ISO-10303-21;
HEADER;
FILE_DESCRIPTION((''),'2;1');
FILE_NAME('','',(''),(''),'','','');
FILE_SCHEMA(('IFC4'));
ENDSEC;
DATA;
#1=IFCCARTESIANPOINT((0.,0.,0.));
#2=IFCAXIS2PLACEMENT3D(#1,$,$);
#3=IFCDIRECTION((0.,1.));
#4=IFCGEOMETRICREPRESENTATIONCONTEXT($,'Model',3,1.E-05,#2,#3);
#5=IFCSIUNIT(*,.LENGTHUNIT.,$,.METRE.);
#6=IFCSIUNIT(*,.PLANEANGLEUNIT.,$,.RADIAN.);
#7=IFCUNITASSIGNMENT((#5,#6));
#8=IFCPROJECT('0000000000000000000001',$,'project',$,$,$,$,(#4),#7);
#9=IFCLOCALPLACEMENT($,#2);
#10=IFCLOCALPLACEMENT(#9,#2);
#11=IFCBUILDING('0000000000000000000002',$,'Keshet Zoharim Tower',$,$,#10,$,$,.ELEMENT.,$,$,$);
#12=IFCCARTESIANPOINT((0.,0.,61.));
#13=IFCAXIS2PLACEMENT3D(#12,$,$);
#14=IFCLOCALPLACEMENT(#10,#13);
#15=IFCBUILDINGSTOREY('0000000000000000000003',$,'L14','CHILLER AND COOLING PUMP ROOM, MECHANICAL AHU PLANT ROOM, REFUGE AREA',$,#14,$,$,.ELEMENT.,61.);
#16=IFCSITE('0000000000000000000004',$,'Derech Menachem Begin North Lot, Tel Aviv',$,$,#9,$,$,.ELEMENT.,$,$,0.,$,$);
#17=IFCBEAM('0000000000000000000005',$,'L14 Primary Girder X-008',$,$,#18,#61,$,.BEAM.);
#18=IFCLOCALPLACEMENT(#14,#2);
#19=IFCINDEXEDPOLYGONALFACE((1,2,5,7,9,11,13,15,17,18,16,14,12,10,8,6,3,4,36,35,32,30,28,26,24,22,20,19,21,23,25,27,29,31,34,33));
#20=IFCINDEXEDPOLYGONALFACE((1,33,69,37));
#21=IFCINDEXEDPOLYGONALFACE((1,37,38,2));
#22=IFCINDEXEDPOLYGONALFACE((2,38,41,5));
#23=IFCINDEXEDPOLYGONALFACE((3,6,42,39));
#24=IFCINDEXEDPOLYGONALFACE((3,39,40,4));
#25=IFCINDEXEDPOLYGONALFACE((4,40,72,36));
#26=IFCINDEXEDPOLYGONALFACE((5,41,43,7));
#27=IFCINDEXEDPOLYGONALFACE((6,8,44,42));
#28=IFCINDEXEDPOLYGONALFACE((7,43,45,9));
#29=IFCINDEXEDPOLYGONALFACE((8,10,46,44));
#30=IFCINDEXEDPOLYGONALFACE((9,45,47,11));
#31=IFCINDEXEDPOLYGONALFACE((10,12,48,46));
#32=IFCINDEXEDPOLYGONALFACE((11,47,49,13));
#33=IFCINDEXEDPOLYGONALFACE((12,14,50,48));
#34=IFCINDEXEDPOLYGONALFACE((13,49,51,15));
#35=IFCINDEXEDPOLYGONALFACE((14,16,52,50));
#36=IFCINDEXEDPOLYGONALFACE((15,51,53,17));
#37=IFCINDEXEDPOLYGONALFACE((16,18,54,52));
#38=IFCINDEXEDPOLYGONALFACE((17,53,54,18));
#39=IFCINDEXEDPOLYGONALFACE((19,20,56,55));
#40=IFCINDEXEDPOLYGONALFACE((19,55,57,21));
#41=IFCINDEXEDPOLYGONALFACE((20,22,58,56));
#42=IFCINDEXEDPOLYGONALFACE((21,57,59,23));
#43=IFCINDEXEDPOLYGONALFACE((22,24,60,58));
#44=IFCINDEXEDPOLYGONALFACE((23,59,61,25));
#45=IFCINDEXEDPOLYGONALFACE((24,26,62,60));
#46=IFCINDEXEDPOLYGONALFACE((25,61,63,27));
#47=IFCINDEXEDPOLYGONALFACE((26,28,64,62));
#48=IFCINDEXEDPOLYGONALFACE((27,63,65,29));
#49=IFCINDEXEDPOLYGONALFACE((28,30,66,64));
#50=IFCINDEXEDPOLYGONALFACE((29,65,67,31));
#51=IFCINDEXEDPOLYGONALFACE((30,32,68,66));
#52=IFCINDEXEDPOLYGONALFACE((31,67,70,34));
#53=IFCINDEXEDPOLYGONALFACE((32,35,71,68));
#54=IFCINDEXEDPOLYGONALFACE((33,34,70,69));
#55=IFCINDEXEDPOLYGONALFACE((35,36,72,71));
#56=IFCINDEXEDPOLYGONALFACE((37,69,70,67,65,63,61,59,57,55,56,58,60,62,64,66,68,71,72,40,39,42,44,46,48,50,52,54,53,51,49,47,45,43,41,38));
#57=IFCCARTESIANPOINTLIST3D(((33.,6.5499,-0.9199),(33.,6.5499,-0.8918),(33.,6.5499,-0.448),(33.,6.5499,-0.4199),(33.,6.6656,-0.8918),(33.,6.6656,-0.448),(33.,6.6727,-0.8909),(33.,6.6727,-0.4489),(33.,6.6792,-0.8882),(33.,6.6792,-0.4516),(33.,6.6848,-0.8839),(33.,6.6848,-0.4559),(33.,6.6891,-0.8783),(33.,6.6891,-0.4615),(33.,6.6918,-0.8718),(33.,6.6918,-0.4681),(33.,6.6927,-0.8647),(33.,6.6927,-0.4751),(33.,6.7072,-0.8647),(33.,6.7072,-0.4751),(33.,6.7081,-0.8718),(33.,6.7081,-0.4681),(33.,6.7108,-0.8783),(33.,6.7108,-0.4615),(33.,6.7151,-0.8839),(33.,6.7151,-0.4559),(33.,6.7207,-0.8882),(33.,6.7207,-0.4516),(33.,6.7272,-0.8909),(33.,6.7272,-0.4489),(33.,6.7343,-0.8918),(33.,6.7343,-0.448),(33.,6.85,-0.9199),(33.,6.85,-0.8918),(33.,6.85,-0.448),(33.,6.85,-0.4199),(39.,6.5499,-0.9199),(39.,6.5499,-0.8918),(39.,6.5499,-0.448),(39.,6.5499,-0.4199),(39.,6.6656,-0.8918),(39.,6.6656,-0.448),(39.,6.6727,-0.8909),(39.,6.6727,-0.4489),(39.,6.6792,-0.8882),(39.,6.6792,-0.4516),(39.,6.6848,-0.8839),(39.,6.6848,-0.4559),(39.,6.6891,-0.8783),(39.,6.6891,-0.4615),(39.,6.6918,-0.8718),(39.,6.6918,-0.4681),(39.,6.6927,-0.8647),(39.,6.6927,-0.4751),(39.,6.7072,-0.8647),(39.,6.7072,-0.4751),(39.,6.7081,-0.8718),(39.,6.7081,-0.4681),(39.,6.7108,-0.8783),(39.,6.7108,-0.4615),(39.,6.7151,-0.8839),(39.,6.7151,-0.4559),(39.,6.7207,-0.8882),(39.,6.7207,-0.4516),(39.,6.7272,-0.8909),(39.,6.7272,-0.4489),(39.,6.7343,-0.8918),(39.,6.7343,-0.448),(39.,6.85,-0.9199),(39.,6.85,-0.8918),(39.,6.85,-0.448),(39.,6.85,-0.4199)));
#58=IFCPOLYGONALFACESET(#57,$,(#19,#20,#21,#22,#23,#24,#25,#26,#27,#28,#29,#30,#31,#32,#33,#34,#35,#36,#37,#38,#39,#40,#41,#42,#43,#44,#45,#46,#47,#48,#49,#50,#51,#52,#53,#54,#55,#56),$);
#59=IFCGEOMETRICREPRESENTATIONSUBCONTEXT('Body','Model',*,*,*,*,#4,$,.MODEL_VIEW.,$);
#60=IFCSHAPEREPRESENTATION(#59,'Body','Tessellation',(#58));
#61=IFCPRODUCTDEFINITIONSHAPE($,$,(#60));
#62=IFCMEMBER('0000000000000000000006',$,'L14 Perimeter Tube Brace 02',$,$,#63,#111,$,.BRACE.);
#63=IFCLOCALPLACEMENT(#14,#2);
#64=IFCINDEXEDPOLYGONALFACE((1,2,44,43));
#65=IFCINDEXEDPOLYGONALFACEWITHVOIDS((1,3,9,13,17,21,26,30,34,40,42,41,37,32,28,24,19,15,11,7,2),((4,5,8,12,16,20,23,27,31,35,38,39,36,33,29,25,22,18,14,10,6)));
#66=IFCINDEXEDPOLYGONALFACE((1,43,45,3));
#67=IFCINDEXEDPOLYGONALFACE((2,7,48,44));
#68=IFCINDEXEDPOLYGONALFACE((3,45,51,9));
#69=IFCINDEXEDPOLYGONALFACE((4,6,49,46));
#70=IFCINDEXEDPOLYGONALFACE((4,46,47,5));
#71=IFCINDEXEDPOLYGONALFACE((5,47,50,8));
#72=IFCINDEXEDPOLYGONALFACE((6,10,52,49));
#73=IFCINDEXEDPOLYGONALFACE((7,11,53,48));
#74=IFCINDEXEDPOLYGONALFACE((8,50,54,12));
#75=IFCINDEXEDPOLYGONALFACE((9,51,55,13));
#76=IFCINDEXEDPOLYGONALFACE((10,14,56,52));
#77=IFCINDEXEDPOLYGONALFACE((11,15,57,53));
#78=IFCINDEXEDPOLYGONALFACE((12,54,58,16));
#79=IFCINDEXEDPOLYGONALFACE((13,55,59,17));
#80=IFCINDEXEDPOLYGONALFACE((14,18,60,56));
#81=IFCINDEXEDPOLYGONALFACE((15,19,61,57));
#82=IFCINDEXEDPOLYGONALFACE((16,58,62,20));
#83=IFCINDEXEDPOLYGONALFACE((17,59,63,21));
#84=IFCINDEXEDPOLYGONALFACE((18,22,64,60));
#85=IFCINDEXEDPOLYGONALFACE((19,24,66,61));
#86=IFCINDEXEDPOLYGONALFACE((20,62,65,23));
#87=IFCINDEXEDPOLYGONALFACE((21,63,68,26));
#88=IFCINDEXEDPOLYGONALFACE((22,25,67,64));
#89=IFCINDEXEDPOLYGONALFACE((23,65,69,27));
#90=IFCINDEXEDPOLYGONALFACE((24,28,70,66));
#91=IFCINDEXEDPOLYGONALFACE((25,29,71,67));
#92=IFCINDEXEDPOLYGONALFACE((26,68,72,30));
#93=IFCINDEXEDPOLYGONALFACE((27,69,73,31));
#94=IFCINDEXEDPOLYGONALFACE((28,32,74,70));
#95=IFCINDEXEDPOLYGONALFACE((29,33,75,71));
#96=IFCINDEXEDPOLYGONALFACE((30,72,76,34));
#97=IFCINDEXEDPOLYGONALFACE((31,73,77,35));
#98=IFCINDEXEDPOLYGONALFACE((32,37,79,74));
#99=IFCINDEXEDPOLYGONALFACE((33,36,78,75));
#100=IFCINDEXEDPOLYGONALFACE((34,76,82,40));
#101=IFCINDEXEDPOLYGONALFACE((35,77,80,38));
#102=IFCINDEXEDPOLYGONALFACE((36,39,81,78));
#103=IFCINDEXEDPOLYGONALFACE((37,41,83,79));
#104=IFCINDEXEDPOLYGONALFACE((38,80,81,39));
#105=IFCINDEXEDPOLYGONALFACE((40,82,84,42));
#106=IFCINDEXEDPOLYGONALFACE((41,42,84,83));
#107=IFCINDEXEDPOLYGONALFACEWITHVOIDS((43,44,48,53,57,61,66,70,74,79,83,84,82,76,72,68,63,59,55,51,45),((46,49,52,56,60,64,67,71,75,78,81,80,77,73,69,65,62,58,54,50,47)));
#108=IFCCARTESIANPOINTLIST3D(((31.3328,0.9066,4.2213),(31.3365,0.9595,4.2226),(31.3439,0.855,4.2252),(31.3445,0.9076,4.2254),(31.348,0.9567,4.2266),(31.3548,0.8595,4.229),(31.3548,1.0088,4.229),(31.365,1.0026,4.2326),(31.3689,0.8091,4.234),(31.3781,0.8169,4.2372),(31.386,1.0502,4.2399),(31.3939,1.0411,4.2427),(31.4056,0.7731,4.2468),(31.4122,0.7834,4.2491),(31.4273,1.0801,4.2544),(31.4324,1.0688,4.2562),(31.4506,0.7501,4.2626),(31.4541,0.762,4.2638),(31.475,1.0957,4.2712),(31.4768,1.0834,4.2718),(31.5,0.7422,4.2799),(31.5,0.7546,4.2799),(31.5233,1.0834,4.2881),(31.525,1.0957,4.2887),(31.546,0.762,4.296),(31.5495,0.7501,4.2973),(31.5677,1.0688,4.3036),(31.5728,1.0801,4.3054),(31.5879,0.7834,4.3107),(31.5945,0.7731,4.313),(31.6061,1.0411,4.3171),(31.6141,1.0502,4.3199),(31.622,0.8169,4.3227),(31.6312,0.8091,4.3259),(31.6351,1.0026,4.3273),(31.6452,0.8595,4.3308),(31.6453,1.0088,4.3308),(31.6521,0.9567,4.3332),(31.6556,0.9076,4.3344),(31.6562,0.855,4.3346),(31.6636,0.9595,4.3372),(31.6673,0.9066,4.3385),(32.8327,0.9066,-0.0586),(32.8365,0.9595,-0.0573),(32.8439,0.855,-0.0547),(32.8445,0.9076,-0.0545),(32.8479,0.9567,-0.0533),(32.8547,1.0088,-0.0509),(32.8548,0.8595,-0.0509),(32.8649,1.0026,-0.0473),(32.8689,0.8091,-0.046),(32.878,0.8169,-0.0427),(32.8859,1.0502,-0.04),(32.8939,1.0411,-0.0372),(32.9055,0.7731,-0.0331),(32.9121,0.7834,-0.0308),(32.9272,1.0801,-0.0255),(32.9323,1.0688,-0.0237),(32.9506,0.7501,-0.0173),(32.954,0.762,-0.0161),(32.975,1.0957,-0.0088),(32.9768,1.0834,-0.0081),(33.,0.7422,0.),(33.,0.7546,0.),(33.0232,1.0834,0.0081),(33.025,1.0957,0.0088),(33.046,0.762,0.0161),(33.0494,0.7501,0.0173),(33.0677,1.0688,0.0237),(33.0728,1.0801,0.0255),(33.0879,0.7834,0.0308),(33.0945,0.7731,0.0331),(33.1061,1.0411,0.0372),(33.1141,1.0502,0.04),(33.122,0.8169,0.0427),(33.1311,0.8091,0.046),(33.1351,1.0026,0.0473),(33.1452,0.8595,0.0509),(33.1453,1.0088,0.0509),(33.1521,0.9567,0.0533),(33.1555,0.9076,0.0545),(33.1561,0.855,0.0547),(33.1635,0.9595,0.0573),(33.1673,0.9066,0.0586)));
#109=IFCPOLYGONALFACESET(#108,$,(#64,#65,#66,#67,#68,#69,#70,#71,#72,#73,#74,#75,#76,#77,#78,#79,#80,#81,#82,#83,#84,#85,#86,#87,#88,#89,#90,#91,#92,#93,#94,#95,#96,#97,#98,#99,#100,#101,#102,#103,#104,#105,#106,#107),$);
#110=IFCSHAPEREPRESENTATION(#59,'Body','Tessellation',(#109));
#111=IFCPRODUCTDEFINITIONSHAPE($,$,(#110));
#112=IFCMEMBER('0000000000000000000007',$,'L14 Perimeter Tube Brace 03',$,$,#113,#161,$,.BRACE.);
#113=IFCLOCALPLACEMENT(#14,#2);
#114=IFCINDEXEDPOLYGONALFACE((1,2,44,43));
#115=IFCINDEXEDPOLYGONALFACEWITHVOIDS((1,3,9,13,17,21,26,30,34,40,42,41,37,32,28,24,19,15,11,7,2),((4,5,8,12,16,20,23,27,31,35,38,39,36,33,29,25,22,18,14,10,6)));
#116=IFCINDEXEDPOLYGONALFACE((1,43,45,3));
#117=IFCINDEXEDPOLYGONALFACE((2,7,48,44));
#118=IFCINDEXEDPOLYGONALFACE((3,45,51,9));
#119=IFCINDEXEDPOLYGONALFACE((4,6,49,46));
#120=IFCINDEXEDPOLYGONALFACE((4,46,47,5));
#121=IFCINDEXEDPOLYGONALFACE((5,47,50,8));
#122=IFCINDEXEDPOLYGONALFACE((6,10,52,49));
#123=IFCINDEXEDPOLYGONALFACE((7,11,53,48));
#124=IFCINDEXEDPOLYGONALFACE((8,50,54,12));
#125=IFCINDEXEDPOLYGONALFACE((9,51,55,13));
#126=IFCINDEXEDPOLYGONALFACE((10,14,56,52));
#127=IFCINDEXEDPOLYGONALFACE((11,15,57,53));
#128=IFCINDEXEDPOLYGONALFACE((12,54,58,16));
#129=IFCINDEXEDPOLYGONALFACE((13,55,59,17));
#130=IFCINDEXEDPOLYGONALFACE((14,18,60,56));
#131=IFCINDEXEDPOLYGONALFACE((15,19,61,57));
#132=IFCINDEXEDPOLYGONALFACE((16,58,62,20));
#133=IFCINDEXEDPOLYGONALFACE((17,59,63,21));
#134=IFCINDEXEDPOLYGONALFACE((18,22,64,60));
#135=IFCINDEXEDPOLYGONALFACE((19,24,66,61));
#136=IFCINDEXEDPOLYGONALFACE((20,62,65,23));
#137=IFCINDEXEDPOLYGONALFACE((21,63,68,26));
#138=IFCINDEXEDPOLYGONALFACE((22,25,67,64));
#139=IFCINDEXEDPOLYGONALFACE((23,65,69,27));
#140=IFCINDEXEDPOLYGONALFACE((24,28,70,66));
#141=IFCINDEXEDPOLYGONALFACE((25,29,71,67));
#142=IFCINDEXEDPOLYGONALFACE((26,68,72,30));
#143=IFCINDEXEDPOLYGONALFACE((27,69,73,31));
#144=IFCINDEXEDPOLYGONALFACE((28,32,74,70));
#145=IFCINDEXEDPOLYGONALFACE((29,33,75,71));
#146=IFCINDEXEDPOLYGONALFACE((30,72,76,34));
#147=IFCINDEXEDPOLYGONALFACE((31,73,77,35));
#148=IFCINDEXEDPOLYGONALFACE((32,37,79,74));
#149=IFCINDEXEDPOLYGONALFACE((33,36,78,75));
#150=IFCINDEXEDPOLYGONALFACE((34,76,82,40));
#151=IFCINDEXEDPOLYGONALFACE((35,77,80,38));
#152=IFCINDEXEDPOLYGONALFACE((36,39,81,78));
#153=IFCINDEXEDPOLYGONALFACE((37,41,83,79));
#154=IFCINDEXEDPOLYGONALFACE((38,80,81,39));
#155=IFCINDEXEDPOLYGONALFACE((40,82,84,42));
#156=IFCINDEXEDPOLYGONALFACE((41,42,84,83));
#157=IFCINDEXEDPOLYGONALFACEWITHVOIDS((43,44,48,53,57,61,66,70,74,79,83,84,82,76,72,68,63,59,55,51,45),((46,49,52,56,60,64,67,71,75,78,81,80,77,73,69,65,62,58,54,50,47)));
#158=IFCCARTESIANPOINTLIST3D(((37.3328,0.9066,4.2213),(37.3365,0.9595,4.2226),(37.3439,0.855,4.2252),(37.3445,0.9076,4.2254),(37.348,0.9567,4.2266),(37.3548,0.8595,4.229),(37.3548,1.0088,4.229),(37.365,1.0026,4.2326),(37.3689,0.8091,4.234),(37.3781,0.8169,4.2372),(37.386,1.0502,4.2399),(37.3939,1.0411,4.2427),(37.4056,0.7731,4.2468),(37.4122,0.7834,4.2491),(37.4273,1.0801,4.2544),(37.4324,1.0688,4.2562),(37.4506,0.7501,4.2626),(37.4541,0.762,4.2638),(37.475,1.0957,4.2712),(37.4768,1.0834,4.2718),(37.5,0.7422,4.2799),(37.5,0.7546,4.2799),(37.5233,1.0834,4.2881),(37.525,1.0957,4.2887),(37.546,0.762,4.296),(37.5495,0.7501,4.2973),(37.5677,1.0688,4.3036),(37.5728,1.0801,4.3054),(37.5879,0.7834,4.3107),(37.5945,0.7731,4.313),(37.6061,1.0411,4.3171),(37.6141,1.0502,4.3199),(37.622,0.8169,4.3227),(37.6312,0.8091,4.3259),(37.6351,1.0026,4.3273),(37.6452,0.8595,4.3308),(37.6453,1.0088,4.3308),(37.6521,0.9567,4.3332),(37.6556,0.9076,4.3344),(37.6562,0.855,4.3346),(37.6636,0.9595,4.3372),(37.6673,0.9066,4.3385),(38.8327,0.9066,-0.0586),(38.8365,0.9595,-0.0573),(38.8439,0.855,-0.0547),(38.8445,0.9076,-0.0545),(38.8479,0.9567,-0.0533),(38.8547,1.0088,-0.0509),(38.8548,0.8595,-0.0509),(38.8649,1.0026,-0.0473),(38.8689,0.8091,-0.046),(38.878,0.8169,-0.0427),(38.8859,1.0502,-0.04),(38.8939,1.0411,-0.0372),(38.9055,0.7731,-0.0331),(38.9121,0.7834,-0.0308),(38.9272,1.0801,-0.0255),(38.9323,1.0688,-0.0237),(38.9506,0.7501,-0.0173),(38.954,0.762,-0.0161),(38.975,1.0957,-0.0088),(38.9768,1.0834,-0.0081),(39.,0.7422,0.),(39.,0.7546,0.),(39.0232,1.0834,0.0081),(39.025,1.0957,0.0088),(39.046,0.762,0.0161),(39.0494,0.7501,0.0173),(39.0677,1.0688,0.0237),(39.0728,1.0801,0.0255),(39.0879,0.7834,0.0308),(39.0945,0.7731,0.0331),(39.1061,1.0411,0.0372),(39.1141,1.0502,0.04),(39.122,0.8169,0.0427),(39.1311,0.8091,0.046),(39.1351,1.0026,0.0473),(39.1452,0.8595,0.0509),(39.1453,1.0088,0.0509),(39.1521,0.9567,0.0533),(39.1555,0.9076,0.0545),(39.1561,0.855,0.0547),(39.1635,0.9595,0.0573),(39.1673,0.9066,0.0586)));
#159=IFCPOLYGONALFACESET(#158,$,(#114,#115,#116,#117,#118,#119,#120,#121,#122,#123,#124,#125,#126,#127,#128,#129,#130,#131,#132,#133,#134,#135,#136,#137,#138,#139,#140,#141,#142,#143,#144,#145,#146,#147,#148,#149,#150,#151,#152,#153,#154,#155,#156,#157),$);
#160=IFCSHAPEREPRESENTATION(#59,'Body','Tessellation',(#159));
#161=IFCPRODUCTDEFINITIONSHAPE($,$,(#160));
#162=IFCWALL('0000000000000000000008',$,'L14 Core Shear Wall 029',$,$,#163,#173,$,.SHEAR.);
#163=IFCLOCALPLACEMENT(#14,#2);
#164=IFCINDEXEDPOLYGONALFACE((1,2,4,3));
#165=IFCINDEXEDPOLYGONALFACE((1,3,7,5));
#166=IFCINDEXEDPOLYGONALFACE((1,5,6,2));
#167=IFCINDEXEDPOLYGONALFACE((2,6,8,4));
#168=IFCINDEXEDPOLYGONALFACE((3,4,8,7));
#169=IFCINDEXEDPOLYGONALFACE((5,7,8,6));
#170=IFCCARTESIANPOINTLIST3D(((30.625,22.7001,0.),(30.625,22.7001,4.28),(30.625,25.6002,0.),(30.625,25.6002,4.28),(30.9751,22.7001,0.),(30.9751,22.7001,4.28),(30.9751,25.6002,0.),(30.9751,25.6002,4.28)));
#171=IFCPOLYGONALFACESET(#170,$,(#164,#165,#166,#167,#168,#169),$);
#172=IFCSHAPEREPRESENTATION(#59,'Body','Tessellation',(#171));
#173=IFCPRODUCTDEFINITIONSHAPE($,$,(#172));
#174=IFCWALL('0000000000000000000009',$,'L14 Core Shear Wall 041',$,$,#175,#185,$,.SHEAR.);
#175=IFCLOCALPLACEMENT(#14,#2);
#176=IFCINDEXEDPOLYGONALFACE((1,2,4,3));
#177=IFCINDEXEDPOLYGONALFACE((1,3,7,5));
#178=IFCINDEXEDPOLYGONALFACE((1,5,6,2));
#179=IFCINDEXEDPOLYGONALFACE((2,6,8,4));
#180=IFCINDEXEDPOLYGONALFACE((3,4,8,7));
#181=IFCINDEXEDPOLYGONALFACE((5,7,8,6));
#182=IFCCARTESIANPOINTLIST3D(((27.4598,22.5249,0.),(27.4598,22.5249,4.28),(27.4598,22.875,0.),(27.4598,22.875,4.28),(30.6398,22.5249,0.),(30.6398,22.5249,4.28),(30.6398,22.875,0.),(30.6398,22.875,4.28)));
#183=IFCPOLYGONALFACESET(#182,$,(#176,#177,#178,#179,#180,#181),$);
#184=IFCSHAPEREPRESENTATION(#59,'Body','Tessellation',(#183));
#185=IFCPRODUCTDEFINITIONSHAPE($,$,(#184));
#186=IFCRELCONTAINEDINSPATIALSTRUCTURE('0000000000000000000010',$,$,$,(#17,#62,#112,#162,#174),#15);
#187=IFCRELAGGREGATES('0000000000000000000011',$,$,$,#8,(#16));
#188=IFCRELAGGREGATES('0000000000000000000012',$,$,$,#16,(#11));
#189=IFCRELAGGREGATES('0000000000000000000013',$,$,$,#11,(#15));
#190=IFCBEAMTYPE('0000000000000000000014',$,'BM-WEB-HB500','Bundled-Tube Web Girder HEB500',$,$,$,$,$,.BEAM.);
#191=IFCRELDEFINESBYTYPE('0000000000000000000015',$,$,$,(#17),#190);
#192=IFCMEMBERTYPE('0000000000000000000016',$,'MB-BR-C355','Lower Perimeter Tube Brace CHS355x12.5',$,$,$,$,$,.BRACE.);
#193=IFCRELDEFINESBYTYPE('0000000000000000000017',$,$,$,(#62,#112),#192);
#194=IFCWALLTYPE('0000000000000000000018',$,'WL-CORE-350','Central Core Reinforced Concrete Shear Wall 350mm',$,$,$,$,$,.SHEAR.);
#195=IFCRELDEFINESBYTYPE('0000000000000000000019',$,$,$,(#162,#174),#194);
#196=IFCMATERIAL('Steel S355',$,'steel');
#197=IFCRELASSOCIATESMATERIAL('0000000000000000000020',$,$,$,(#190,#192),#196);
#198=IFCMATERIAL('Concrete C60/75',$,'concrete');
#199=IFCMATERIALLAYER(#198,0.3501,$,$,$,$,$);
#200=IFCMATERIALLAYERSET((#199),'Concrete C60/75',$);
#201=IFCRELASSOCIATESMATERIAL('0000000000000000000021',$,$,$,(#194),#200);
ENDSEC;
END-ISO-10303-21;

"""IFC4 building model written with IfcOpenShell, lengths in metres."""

from ifc_helpers import new_model, si_unit, direction, frame, frame_2d, origin, origin_2d, place, context, subcontext, project, spatial, rectangle, hollow_circle, i_section, extrude, material, layer, layer_set, material_profile, profile_set, type_object, element, save


model = new_model("IFC4")

# Units and contexts
model_context = context("Model", 3, precision=1e-05, world=origin(), true_north=direction((0.0, 1.0)))
body_context = subcontext(model_context, "Body", "Model", "MODEL_VIEW")
ifc_project = project(units=[si_unit("LENGTHUNIT", "METRE"), si_unit("PLANEANGLEUNIT", "RADIAN")], contexts=[model_context])

# Site, building, storey
site_placement = place(None, origin())
site = spatial("IfcSite", under=ifc_project, at=site_placement, Name="Derech Menachem Begin North Lot, Tel Aviv", CompositionType="ELEMENT", RefElevation=0.0)
building_placement = place(site_placement, origin())
building = spatial("IfcBuilding", under=site, at=building_placement, Name="Keshet Zoharim Tower", CompositionType="ELEMENT")
storey_placement = place(building_placement, frame((0.0, 0.0, 61.0)))
storey = spatial("IfcBuildingStorey", under=building, at=storey_placement, Name="L14", Description="CHILLER AND COOLING PUMP ROOM, MECHANICAL AHU PLANT ROOM, REFUGE AREA", CompositionType="ELEMENT", Elevation=61.0)

# Shared definitions
ifc_material_1 = material(Name="Steel S355", Category="steel")
ifc_material_2 = material(Name="Concrete C60/75", Category="concrete")

# Beam
ifc_material_profile_1 = material_profile(ifc_material_1, i_section(OverallWidth=0.3, OverallDepth=0.5, WebThickness=0.0144, FlangeThickness=0.0281, FilletRadius=0.0271, at=origin_2d()), Name="HEB500")
ifc_profile_set_1 = profile_set([ifc_material_profile_1], Name="Steel S355")
beam_type_1 = type_object("IfcBeamType", Name="BM-WEB-HB500", Description="Bundled-Tube Web Girder HEB500", PredefinedType="BEAM", material=ifc_profile_set_1)
for number, where, z_axis, x_axis, name in (
    (1, (33.0, 6.7, -0.6699), (1.0, 0.0, 0.0), (0.0, 1.0, 0.0), "L14 Primary Girder X-008"),
):
    element("IfcBeam", number, at=place(storey_placement, frame(where, z_axis=z_axis, x_axis=x_axis)), inside=storey, type_object=beam_type_1, Name=name, PredefinedType="BEAM", context=body_context, shape_type="SweptSolid", body=[
        extrude(i_section(OverallWidth=0.3, OverallDepth=0.5, WebThickness=0.0144, FlangeThickness=0.0281, FilletRadius=0.0271, at=origin_2d()), origin(), (0.0, 0.0, 1.0), 6.0),
    ])

# Members
ifc_material_profile_2 = material_profile(ifc_material_1, hollow_circle(Radius=0.1777, WallThickness=0.0125, at=origin_2d()), Name="CHS355x12.5")
ifc_profile_set_2 = profile_set([ifc_material_profile_2], Name="Steel S355")
member_type = type_object("IfcMemberType", Name="MB-BR-C355", Description="Lower Perimeter Tube Brace CHS355x12.5", PredefinedType="BRACE", material=ifc_profile_set_2)
for number, where, z_axis, x_axis, name in (
    (2, (33.0, 0.9199, 0.0), (-0.330741, 0.0, 0.943721), (0.0, -1.0, 0.0), "L14 Perimeter Tube Brace 02"),
    (3, (39.0, 0.9199, 0.0), (-0.330741, 0.0, 0.943721), (0.0, -1.0, 0.0), "L14 Perimeter Tube Brace 03"),
):
    element("IfcMember", number, at=place(storey_placement, frame(where, z_axis=z_axis, x_axis=x_axis)), inside=storey, type_object=member_type, Name=name, PredefinedType="BRACE", context=body_context, shape_type="SweptSolid", body=[
        extrude(hollow_circle(Radius=0.1777, WallThickness=0.0125, at=origin_2d()), origin(), (0.0, 0.0, 1.0), 4.5352),
    ])

# Walls
ifc_layer_1 = layer(ifc_material_2, 0.3501)
ifc_layer_set_1 = layer_set([ifc_layer_1], Name="Concrete C60/75")
wall_type_1 = type_object("IfcWallType", Name="WL-CORE-350", Description="Central Core Reinforced Concrete Shear Wall 350mm", PredefinedType="SHEAR", material=ifc_layer_set_1)
wall_1_placement = place(storey_placement, frame((30.8, 22.7, 0.0), z_axis=(0.0, 0.0, 1.0), x_axis=(0.0, 1.0, 0.0)))
element("IfcWall", 4, at=wall_1_placement, inside=storey, type_object=wall_type_1, Name="L14 Core Shear Wall 029", PredefinedType="SHEAR", context=body_context, shape_type="SweptSolid", body=[
    extrude(rectangle(XDim=2.9001, YDim=0.3501, at=frame_2d((1.4502, 0.0))), origin(), (0.0, 0.0, 1.0), 4.28),
])
wall_2_placement = place(storey_placement, frame((27.46, 22.7, 0.0), z_axis=(0.0, 0.0, 1.0), x_axis=(1.0, 0.0, 0.0)))
element("IfcWall", 5, at=wall_2_placement, inside=storey, type_object=wall_type_1, Name="L14 Core Shear Wall 041", PredefinedType="SHEAR", context=body_context, shape_type="SweptSolid", body=[
    extrude(rectangle(XDim=3.1799, YDim=0.3501, at=frame_2d((1.5898, 0.0))), origin(), (0.0, 0.0, 1.0), 4.28),
])

save(model, "model.ifc")
